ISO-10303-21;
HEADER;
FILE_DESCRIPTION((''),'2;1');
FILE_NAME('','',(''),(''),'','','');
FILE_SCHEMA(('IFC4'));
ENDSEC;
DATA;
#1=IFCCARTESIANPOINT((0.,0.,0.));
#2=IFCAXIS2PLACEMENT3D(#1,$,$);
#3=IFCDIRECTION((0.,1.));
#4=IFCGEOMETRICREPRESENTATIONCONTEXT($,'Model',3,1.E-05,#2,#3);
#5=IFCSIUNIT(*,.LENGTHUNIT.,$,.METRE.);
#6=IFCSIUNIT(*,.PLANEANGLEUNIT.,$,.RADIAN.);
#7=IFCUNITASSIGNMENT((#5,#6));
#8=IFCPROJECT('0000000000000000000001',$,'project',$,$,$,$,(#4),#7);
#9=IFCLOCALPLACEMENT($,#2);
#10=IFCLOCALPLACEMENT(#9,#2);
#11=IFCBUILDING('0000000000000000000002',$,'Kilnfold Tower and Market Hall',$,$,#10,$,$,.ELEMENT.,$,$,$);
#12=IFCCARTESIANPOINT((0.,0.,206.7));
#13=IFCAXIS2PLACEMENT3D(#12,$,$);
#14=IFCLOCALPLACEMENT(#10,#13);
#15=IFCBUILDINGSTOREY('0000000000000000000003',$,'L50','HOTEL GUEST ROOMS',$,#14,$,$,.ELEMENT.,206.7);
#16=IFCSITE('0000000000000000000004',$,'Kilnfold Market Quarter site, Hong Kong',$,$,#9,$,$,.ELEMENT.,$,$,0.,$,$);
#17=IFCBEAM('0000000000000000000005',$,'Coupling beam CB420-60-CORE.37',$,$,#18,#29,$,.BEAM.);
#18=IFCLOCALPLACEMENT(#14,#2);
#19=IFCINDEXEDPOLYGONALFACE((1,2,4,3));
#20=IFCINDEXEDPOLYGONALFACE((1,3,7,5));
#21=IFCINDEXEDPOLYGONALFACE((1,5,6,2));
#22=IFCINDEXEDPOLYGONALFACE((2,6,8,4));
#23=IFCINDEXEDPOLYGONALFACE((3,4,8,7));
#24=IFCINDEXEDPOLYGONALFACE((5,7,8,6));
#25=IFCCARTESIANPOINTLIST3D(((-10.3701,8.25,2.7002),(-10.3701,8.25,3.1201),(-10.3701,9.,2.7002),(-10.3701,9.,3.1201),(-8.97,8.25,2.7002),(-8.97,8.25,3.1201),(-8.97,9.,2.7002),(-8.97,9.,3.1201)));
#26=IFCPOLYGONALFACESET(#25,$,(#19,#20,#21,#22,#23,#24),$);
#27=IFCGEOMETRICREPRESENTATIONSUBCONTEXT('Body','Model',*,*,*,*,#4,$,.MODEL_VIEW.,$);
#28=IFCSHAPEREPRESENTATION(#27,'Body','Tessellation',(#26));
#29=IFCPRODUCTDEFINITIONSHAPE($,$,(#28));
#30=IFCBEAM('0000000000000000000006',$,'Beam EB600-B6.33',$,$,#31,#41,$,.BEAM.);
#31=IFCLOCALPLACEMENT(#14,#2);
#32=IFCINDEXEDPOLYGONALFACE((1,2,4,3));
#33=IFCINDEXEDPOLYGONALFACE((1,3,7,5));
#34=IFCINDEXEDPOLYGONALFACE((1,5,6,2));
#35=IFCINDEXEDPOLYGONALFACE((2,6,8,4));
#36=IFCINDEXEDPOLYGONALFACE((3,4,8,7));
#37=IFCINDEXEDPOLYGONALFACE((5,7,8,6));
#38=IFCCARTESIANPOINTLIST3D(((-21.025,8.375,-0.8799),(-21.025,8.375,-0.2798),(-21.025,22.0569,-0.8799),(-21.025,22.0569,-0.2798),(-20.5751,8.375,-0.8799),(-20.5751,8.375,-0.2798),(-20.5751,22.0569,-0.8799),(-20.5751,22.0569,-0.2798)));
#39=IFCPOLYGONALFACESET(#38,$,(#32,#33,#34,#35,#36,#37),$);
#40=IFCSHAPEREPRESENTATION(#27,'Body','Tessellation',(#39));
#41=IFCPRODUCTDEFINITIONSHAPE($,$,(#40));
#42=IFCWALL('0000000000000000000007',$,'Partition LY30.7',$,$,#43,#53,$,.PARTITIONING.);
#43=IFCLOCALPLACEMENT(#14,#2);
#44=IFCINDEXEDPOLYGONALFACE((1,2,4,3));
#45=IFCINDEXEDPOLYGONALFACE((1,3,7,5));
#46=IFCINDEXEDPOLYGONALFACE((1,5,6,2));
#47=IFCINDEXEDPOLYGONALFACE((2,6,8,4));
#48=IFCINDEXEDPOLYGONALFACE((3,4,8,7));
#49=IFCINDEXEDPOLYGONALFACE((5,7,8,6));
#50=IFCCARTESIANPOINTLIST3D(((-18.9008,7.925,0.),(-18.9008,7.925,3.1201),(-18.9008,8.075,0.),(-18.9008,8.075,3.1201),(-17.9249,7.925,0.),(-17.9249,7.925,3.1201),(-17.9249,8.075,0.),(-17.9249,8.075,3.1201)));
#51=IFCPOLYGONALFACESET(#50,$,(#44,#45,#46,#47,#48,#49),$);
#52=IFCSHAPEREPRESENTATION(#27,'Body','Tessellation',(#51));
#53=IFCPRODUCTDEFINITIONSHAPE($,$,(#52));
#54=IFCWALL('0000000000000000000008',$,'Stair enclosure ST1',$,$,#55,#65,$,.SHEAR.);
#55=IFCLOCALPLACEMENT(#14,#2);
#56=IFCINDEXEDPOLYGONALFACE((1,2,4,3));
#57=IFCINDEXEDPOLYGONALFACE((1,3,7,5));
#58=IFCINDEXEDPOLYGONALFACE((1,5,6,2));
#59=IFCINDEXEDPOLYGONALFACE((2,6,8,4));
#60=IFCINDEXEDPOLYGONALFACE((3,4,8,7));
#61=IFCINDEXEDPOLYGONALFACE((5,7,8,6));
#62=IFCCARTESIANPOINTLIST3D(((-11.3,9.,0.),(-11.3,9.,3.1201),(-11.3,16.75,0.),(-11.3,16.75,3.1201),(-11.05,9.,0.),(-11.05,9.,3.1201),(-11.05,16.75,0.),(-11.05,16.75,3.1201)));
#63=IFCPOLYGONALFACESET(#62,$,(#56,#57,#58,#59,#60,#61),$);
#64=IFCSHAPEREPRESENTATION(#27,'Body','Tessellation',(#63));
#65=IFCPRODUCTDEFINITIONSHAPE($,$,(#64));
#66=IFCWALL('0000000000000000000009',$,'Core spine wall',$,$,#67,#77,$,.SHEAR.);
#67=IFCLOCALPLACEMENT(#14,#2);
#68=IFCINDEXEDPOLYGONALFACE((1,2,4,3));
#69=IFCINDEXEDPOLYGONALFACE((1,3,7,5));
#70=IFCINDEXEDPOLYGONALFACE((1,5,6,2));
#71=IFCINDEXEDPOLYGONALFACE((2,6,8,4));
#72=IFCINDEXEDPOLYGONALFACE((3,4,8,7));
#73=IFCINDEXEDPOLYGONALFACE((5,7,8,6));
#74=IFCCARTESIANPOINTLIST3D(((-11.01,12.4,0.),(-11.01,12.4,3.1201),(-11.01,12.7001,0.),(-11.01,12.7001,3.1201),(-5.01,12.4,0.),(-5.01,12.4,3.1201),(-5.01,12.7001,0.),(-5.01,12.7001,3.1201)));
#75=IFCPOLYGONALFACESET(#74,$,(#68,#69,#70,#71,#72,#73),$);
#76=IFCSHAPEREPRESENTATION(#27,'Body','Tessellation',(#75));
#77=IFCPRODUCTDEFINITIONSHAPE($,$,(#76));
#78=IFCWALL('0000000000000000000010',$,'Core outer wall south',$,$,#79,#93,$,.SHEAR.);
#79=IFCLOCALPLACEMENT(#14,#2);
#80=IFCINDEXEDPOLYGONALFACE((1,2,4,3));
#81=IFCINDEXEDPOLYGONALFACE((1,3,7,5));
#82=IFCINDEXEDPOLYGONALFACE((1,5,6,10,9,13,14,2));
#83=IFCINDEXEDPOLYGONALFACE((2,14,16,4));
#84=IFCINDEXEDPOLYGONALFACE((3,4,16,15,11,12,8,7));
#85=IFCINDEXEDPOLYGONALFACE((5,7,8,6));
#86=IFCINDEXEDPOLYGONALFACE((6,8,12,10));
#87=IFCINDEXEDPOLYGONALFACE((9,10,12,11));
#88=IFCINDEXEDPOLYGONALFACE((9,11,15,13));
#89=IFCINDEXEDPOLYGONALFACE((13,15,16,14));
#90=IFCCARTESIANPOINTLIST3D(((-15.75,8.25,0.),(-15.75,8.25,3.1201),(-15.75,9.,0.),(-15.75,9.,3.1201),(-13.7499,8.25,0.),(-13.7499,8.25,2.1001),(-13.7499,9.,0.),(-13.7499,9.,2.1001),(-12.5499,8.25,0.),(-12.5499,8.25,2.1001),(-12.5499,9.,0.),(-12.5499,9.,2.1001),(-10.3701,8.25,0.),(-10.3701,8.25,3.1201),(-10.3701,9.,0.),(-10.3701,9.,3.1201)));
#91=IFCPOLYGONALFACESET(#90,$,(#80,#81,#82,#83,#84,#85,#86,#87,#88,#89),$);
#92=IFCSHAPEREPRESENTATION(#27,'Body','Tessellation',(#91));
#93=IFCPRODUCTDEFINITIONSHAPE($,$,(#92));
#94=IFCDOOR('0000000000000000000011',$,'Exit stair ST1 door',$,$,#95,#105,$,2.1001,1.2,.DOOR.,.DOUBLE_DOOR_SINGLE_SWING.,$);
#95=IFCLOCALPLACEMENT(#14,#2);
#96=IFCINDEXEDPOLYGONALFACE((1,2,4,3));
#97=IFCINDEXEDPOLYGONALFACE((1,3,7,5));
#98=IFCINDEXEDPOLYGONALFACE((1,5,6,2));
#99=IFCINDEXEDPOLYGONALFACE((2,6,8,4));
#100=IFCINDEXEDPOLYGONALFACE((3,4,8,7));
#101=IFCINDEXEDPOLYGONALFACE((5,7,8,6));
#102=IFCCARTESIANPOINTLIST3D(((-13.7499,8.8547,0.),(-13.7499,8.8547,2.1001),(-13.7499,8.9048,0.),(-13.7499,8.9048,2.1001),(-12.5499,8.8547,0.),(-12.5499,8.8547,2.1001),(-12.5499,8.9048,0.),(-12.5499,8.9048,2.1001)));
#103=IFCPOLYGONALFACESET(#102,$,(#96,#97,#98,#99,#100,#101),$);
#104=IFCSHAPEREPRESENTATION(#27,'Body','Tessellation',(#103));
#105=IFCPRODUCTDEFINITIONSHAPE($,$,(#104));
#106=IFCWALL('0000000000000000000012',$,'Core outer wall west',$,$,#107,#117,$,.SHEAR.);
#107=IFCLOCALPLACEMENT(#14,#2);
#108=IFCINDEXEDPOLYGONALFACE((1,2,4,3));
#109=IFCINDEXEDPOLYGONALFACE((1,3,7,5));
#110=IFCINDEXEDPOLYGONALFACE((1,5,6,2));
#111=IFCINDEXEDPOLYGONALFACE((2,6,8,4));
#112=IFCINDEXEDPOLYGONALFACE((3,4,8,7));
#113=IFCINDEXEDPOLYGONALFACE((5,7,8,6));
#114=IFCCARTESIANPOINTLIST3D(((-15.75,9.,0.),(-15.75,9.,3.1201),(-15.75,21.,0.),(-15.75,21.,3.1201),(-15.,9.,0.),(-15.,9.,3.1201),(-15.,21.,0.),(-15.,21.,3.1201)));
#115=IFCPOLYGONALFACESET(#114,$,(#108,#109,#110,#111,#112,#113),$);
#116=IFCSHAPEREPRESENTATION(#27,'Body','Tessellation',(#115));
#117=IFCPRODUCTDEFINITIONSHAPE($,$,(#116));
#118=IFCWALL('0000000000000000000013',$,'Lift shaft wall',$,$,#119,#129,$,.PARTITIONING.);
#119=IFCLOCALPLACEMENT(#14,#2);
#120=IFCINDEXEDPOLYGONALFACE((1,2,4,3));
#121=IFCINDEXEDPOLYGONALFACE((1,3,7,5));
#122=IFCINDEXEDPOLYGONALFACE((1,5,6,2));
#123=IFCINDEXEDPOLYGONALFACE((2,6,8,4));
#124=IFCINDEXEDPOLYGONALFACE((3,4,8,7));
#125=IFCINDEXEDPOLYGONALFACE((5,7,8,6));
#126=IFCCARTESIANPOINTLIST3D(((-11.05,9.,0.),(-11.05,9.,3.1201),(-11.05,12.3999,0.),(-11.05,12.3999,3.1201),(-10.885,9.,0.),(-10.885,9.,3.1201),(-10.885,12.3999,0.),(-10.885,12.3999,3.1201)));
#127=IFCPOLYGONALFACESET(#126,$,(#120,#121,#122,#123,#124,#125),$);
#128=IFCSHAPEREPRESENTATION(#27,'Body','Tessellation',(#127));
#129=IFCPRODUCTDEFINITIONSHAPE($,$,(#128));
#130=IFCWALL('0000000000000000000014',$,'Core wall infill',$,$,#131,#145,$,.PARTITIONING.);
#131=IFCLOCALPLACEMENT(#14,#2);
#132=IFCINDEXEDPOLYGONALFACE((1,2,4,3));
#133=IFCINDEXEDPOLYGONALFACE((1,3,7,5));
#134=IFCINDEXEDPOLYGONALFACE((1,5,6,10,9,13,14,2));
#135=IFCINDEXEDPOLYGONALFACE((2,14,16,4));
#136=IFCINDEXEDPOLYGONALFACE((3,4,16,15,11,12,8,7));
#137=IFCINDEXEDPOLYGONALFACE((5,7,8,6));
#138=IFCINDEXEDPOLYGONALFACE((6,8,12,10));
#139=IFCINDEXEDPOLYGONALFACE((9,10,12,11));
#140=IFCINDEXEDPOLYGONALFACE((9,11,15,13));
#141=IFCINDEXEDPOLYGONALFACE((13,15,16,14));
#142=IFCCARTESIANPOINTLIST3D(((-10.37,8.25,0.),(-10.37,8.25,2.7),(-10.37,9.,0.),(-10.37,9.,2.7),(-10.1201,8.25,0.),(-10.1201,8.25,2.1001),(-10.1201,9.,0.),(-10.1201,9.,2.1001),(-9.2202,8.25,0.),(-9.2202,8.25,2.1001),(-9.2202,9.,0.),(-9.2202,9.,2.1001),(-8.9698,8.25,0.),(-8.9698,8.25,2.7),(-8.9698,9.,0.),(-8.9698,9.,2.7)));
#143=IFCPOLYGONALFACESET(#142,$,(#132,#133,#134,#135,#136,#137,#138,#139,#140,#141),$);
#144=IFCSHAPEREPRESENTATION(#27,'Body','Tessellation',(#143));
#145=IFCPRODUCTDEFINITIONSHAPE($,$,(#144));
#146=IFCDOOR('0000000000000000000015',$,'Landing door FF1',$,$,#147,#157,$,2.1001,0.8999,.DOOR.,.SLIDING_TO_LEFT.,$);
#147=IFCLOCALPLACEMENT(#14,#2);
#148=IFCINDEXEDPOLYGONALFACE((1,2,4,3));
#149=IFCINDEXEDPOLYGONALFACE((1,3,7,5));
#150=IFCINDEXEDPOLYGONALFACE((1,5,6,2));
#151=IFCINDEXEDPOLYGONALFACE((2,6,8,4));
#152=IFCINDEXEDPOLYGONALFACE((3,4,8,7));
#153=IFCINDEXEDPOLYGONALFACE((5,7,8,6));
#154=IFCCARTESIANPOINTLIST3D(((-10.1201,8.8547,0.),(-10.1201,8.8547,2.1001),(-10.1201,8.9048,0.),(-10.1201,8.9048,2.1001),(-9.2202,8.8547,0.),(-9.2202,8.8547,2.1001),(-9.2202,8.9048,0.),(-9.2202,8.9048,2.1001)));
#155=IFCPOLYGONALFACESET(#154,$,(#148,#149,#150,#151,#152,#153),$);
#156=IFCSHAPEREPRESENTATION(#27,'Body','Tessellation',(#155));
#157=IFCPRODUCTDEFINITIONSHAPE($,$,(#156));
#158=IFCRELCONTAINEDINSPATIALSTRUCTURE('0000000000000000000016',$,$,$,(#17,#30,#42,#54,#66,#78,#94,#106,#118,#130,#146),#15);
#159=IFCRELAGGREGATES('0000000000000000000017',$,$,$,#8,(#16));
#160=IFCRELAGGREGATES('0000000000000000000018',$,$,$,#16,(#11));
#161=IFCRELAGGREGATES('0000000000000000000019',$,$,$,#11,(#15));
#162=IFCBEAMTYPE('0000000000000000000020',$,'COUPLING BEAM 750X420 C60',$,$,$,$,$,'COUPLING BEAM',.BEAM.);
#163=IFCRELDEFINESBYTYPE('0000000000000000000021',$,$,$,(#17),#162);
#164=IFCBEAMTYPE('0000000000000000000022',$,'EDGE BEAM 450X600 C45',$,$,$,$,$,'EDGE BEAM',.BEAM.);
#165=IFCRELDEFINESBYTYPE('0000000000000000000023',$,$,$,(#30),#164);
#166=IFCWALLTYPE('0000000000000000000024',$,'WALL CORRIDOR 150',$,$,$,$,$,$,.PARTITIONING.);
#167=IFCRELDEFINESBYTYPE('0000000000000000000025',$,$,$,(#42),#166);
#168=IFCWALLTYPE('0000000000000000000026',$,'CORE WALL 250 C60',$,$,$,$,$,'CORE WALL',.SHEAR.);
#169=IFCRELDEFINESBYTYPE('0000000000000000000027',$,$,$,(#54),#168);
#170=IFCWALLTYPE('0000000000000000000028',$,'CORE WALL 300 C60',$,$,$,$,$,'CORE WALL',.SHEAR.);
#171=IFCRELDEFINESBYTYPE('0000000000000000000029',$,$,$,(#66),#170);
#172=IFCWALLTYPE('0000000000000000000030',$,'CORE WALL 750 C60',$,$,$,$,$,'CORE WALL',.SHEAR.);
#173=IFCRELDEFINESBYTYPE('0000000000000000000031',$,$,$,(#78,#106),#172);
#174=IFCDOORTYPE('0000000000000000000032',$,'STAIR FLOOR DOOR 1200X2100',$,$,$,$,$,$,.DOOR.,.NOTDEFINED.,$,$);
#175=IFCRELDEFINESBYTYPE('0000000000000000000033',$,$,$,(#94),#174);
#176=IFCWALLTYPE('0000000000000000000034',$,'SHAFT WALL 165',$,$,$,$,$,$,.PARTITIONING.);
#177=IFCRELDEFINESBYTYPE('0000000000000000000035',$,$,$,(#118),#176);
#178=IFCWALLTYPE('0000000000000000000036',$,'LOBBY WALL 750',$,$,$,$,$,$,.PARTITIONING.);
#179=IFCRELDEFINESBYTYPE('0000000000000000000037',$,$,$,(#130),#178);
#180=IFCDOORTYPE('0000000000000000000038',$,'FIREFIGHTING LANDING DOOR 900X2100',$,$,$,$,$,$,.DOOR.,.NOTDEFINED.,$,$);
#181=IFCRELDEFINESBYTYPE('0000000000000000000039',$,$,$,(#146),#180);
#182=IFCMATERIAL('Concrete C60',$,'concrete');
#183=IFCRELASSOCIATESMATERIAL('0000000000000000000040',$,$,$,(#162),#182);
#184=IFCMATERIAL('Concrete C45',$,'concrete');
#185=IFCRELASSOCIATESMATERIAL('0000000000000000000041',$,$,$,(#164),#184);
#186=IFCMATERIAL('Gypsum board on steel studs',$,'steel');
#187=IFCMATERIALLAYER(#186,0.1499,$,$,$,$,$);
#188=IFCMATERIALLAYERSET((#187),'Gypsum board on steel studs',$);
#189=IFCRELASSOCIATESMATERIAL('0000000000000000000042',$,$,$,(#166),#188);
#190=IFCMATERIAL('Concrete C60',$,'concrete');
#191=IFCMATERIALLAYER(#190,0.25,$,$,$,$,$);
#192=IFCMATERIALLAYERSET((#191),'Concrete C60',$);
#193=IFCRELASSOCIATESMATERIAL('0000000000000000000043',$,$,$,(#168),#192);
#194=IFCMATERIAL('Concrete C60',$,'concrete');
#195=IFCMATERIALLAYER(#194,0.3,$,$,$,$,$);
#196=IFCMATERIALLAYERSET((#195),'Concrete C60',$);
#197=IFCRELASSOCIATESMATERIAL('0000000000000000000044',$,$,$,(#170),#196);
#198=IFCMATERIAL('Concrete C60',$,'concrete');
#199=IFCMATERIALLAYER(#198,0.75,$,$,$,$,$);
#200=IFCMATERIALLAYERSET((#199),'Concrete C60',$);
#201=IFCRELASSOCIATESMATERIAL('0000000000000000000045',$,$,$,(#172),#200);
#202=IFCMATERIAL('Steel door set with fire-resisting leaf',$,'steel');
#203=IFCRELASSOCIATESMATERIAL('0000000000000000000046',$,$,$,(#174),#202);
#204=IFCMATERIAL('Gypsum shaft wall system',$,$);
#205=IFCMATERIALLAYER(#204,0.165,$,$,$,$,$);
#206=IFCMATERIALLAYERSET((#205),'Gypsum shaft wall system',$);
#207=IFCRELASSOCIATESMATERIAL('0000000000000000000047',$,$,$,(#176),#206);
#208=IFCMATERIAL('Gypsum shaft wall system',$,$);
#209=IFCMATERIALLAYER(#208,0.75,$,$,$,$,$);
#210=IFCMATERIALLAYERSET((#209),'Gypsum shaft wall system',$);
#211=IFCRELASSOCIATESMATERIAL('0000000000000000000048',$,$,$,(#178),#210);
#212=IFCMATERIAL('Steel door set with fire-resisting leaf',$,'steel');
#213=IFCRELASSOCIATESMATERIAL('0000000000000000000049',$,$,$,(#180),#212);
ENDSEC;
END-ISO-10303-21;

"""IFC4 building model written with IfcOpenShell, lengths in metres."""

from ifc_helpers import new_model, si_unit, direction, frame, frame_2d, origin, origin_2d, place, context, subcontext, project, spatial, rectangle, extrude, source, transform, mapped, material, layer, layer_set, material_profile, profile_set, type_object, element, fill, save


model = new_model("IFC4")

# Units and contexts
model_context = context("Model", 3, precision=1e-05, world=origin(), true_north=direction((0.0, 1.0)))
body_context = subcontext(model_context, "Body", "Model", "MODEL_VIEW")
ifc_project = project(units=[si_unit("LENGTHUNIT", "METRE"), si_unit("PLANEANGLEUNIT", "RADIAN")], contexts=[model_context])

# Site, building, storey
site_placement = place(None, origin())
site = spatial("IfcSite", under=ifc_project, at=site_placement, Name="Kilnfold Market Quarter site, Hong Kong", CompositionType="ELEMENT", RefElevation=0.0)
building_placement = place(site_placement, origin())
building = spatial("IfcBuilding", under=site, at=building_placement, Name="Kilnfold Tower and Market Hall", CompositionType="ELEMENT")
storey_placement = place(building_placement, frame((0.0, 0.0, 206.7)))
storey = spatial("IfcBuildingStorey", under=building, at=storey_placement, Name="L50", Description="HOTEL GUEST ROOMS", CompositionType="ELEMENT", Elevation=206.7)

# Beams
ifc_material_1 = material(Name="Concrete C60", Category="concrete")
ifc_material_profile_1 = material_profile(ifc_material_1, rectangle(XDim=0.75, YDim=0.4199, at=origin_2d()), Name="RC 750x420")
ifc_profile_set_1 = profile_set([ifc_material_profile_1], Name="Concrete C60")
beam_type_1 = type_object("IfcBeamType", Name="COUPLING BEAM 750X420 C60", ElementType="COUPLING BEAM", PredefinedType="BEAM", material=ifc_profile_set_1)
shared_shape_1 = source(origin(), body_context, "Body", "SweptSolid", [
    extrude(rectangle(XDim=0.75, YDim=0.4199, at=origin_2d()), origin(), (0.0, 0.0, 1.0), 1.4001),
])
beam_1_placement = place(storey_placement, frame((-10.3701, 8.625, 2.9102), z_axis=(1.0, 0.0, 0.0), x_axis=(0.0, 1.0, 0.0)))
element("IfcBeam", 1, at=beam_1_placement, inside=storey, type_object=beam_type_1, Name="Coupling beam CB420-60-CORE.37", PredefinedType="BEAM", context=body_context, shape_type="MappedRepresentation", body=[
    mapped(shared_shape_1, transform((0.0, 0.0, 0.0))),
])
ifc_material_2 = material(Name="Concrete C45", Category="concrete")
ifc_material_profile_2 = material_profile(ifc_material_2, rectangle(XDim=0.45, YDim=0.6001, at=origin_2d()), Name="RC 450x600")
ifc_profile_set_2 = profile_set([ifc_material_profile_2], Name="Concrete C45")
beam_type_2 = type_object("IfcBeamType", Name="EDGE BEAM 450X600 C45", ElementType="EDGE BEAM", PredefinedType="BEAM", material=ifc_profile_set_2)
shared_shape_2 = source(origin(), body_context, "Body", "SweptSolid", [
    extrude(rectangle(XDim=0.45, YDim=0.6001, at=origin_2d()), origin(), (0.0, 0.0, 1.0), 13.6819),
])
beam_2_placement = place(storey_placement, frame((-20.8, 8.375, -0.5798), z_axis=(0.0, 1.0, 0.0), x_axis=(-1.0, 0.0, 0.0)))
element("IfcBeam", 2, at=beam_2_placement, inside=storey, type_object=beam_type_2, Name="Beam EB600-B6.33", PredefinedType="BEAM", context=body_context, shape_type="MappedRepresentation", body=[
    mapped(shared_shape_2, transform((0.0, 0.0, 0.0))),
])

# Walls
ifc_material_3 = material(Name="Gypsum board on steel studs", Category="steel")
ifc_layer_1 = layer(ifc_material_3, 0.1499)
ifc_layer_set_1 = layer_set([ifc_layer_1], Name="Gypsum board on steel studs")
wall_type_1 = type_object("IfcWallType", Name="WALL CORRIDOR 150", PredefinedType="PARTITIONING", material=ifc_layer_set_1)
wall_1_placement = place(storey_placement, frame((-17.925, 8.0, 0.0), z_axis=(0.0, 0.0, 1.0), x_axis=(-1.0, 0.0, 0.0)))
element("IfcWall", 3, at=wall_1_placement, inside=storey, type_object=wall_type_1, Name="Partition LY30.7", PredefinedType="PARTITIONING", context=body_context, shape_type="SweptSolid", body=[
    extrude(rectangle(XDim=0.9758, YDim=0.1499, at=frame_2d((0.4878, 0.0))), origin(), (0.0, 0.0, 1.0), 3.1201),
])
ifc_material_4 = material(Name="Concrete C60", Category="concrete")
ifc_layer_2 = layer(ifc_material_4, 0.25)
ifc_layer_set_2 = layer_set([ifc_layer_2], Name="Concrete C60")
wall_type_2 = type_object("IfcWallType", Name="CORE WALL 250 C60", ElementType="CORE WALL", PredefinedType="SHEAR", material=ifc_layer_set_2)
shared_shape_3 = source(origin(), body_context, "Body", "SweptSolid", [
    extrude(rectangle(XDim=7.75, YDim=0.25, at=frame_2d((3.875, 0.0))), origin(), (0.0, 0.0, 1.0), 3.1201),
])
wall_2_placement = place(storey_placement, frame((-11.175, 9.0, 0.0), z_axis=(0.0, 0.0, 1.0), x_axis=(0.0, 1.0, 0.0)))
element("IfcWall", 4, at=wall_2_placement, inside=storey, type_object=wall_type_2, Name="Stair enclosure ST1", PredefinedType="SHEAR", context=body_context, shape_type="MappedRepresentation", body=[
    mapped(shared_shape_3, transform((0.0, 0.0, 0.0))),
])
ifc_material_5 = material(Name="Concrete C60", Category="concrete")
ifc_layer_3 = layer(ifc_material_5, 0.3)
ifc_layer_set_3 = layer_set([ifc_layer_3], Name="Concrete C60")
wall_type_3 = type_object("IfcWallType", Name="CORE WALL 300 C60", ElementType="CORE WALL", PredefinedType="SHEAR", material=ifc_layer_set_3)
shared_shape_4 = source(origin(), body_context, "Body", "SweptSolid", [
    extrude(rectangle(XDim=6.0, YDim=0.3, at=frame_2d((3.0, 0.0))), origin(), (0.0, 0.0, 1.0), 3.1201),
])
wall_3_placement = place(storey_placement, frame((-11.01, 12.55, 0.0), z_axis=(0.0, 0.0, 1.0), x_axis=(1.0, 0.0, 0.0)))
element("IfcWall", 5, at=wall_3_placement, inside=storey, type_object=wall_type_3, Name="Core spine wall", PredefinedType="SHEAR", context=body_context, shape_type="MappedRepresentation", body=[
    mapped(shared_shape_4, transform((0.0, 0.0, 0.0))),
])

# Wall, opening, door
ifc_material_6 = material(Name="Concrete C60", Category="concrete")
ifc_layer_4 = layer(ifc_material_6, 0.75)
ifc_layer_set_4 = layer_set([ifc_layer_4], Name="Concrete C60")
wall_type_4 = type_object("IfcWallType", Name="CORE WALL 750 C60", ElementType="CORE WALL", PredefinedType="SHEAR", material=ifc_layer_set_4)
shared_shape_5 = source(origin(), body_context, "Body", "SweptSolid", [
    extrude(rectangle(XDim=5.3799, YDim=0.75, at=frame_2d((2.6899, 0.0))), origin(), (0.0, 0.0, 1.0), 3.1201),
])
wall_4_placement = place(storey_placement, frame((-15.75, 8.625, 0.0), z_axis=(0.0, 0.0, 1.0), x_axis=(1.0, 0.0, 0.0)))
wall_4 = element("IfcWall", 6, at=wall_4_placement, inside=storey, type_object=wall_type_4, Name="Core outer wall south", PredefinedType="SHEAR", context=body_context, shape_type="MappedRepresentation", body=[
    mapped(shared_shape_5, transform((0.0, 0.0, 0.0))),
])
opening_1_placement = place(wall_4_placement, frame((2.0, 0.0, 0.0)))
opening_1 = element("IfcOpeningElement", 7, at=opening_1_placement, cuts=wall_4, PredefinedType="OPENING", context=body_context, shape_type="SweptSolid", body=[
    extrude(rectangle(XDim=1.2, YDim=2.1001, at=frame_2d((0.6001, 1.05))), frame((0.0, 0.385, 0.0), z_axis=(0.0, -1.0, 0.0), x_axis=(1.0, 0.0, 0.0)), (0.0, 0.0, 1.0), 0.77),
])
ifc_material_7 = material(Name="Steel door set with fire-resisting leaf", Category="steel")
door_type_1 = type_object("IfcDoorType", Name="STAIR FLOOR DOOR 1200X2100", OperationType="NOTDEFINED", PredefinedType="DOOR", material=ifc_material_7)
door_1_placement = place(opening_1_placement, origin())
door_1 = element("IfcDoor", 8, at=door_1_placement, inside=storey, type_object=door_type_1, Name="Exit stair ST1 door", OperationType="DOUBLE_DOOR_SINGLE_SWING", OverallHeight=2.1001, OverallWidth=1.2, PredefinedType="DOOR", context=body_context, shape_type="SweptSolid", body=[
    extrude(rectangle(XDim=1.2, YDim=2.1001, at=frame_2d((0.6001, 1.05))), frame((0.0, 0.2798, 0.0), z_axis=(0.0, -1.0, 0.0), x_axis=(1.0, 0.0, 0.0)), (0.0, 0.0, 1.0), 0.05),
])
fill(opening_1, door_1)

# Walls
shared_shape_6 = source(origin(), body_context, "Body", "SweptSolid", [
    extrude(rectangle(XDim=12.0, YDim=0.75, at=frame_2d((6.0, 0.0))), origin(), (0.0, 0.0, 1.0), 3.1201),
])
wall_5_placement = place(storey_placement, frame((-15.375, 9.0, 0.0), z_axis=(0.0, 0.0, 1.0), x_axis=(0.0, 1.0, 0.0)))
element("IfcWall", 9, at=wall_5_placement, inside=storey, type_object=wall_type_4, Name="Core outer wall west", PredefinedType="SHEAR", context=body_context, shape_type="MappedRepresentation", body=[
    mapped(shared_shape_6, transform((0.0, 0.0, 0.0))),
])
ifc_material_8 = material(Name="Gypsum shaft wall system")
ifc_layer_5 = layer(ifc_material_8, 0.165)
ifc_layer_set_5 = layer_set([ifc_layer_5], Name="Gypsum shaft wall system")
wall_type_5 = type_object("IfcWallType", Name="SHAFT WALL 165", PredefinedType="PARTITIONING", material=ifc_layer_set_5)
shared_shape_7 = source(origin(), body_context, "Body", "SweptSolid", [
    extrude(rectangle(XDim=3.3999, YDim=0.165, at=frame_2d((1.7, 0.0))), origin(), (0.0, 0.0, 1.0), 3.1201),
])
wall_6_placement = place(storey_placement, frame((-10.9675, 9.0, 0.0), z_axis=(0.0, 0.0, 1.0), x_axis=(0.0, 1.0, 0.0)))
element("IfcWall", 10, at=wall_6_placement, inside=storey, type_object=wall_type_5, Name="Lift shaft wall", PredefinedType="PARTITIONING", context=body_context, shape_type="MappedRepresentation", body=[
    mapped(shared_shape_7, transform((0.0, 0.0, 0.0))),
])

# Wall, opening, door
ifc_material_9 = material(Name="Gypsum shaft wall system")
ifc_layer_6 = layer(ifc_material_9, 0.75)
ifc_layer_set_6 = layer_set([ifc_layer_6], Name="Gypsum shaft wall system")
wall_type_6 = type_object("IfcWallType", Name="LOBBY WALL 750", PredefinedType="PARTITIONING", material=ifc_layer_set_6)
shared_shape_8 = source(origin(), body_context, "Body", "SweptSolid", [
    extrude(rectangle(XDim=1.4001, YDim=0.75, at=frame_2d((0.7002, 0.0))), origin(), (0.0, 0.0, 1.0), 2.7),
])
wall_7_placement = place(storey_placement, frame((-10.3701, 8.625, 0.0), z_axis=(0.0, 0.0, 1.0), x_axis=(1.0, 0.0, 0.0)))
wall_7 = element("IfcWall", 11, at=wall_7_placement, inside=storey, type_object=wall_type_6, Name="Core wall infill", PredefinedType="PARTITIONING", context=body_context, shape_type="MappedRepresentation", body=[
    mapped(shared_shape_8, transform((0.0, 0.0, 0.0))),
])
opening_2_placement = place(wall_7_placement, frame((0.25, 0.0, 0.0)))
opening_2 = element("IfcOpeningElement", 12, at=opening_2_placement, cuts=wall_7, PredefinedType="OPENING", context=body_context, shape_type="SweptSolid", body=[
    extrude(rectangle(XDim=0.8999, YDim=2.1001, at=frame_2d((0.45, 1.05))), frame((0.0, 0.385, 0.0), z_axis=(0.0, -1.0, 0.0), x_axis=(1.0, 0.0, 0.0)), (0.0, 0.0, 1.0), 0.77),
])
ifc_material_10 = material(Name="Steel door set with fire-resisting leaf", Category="steel")
door_type_2 = type_object("IfcDoorType", Name="FIREFIGHTING LANDING DOOR 900X2100", OperationType="NOTDEFINED", PredefinedType="DOOR", material=ifc_material_10)
door_2_placement = place(opening_2_placement, origin())
door_2 = element("IfcDoor", 13, at=door_2_placement, inside=storey, type_object=door_type_2, Name="Landing door FF1", OperationType="SLIDING_TO_LEFT", OverallHeight=2.1001, OverallWidth=0.8999, PredefinedType="DOOR", context=body_context, shape_type="SweptSolid", body=[
    extrude(rectangle(XDim=0.8999, YDim=2.1001, at=frame_2d((0.45, 1.05))), frame((0.0, 0.2798, 0.0), z_axis=(0.0, -1.0, 0.0), x_axis=(1.0, 0.0, 0.0)), (0.0, 0.0, 1.0), 0.05),
])
fill(opening_2, door_2)

save(model, "model.ifc")
